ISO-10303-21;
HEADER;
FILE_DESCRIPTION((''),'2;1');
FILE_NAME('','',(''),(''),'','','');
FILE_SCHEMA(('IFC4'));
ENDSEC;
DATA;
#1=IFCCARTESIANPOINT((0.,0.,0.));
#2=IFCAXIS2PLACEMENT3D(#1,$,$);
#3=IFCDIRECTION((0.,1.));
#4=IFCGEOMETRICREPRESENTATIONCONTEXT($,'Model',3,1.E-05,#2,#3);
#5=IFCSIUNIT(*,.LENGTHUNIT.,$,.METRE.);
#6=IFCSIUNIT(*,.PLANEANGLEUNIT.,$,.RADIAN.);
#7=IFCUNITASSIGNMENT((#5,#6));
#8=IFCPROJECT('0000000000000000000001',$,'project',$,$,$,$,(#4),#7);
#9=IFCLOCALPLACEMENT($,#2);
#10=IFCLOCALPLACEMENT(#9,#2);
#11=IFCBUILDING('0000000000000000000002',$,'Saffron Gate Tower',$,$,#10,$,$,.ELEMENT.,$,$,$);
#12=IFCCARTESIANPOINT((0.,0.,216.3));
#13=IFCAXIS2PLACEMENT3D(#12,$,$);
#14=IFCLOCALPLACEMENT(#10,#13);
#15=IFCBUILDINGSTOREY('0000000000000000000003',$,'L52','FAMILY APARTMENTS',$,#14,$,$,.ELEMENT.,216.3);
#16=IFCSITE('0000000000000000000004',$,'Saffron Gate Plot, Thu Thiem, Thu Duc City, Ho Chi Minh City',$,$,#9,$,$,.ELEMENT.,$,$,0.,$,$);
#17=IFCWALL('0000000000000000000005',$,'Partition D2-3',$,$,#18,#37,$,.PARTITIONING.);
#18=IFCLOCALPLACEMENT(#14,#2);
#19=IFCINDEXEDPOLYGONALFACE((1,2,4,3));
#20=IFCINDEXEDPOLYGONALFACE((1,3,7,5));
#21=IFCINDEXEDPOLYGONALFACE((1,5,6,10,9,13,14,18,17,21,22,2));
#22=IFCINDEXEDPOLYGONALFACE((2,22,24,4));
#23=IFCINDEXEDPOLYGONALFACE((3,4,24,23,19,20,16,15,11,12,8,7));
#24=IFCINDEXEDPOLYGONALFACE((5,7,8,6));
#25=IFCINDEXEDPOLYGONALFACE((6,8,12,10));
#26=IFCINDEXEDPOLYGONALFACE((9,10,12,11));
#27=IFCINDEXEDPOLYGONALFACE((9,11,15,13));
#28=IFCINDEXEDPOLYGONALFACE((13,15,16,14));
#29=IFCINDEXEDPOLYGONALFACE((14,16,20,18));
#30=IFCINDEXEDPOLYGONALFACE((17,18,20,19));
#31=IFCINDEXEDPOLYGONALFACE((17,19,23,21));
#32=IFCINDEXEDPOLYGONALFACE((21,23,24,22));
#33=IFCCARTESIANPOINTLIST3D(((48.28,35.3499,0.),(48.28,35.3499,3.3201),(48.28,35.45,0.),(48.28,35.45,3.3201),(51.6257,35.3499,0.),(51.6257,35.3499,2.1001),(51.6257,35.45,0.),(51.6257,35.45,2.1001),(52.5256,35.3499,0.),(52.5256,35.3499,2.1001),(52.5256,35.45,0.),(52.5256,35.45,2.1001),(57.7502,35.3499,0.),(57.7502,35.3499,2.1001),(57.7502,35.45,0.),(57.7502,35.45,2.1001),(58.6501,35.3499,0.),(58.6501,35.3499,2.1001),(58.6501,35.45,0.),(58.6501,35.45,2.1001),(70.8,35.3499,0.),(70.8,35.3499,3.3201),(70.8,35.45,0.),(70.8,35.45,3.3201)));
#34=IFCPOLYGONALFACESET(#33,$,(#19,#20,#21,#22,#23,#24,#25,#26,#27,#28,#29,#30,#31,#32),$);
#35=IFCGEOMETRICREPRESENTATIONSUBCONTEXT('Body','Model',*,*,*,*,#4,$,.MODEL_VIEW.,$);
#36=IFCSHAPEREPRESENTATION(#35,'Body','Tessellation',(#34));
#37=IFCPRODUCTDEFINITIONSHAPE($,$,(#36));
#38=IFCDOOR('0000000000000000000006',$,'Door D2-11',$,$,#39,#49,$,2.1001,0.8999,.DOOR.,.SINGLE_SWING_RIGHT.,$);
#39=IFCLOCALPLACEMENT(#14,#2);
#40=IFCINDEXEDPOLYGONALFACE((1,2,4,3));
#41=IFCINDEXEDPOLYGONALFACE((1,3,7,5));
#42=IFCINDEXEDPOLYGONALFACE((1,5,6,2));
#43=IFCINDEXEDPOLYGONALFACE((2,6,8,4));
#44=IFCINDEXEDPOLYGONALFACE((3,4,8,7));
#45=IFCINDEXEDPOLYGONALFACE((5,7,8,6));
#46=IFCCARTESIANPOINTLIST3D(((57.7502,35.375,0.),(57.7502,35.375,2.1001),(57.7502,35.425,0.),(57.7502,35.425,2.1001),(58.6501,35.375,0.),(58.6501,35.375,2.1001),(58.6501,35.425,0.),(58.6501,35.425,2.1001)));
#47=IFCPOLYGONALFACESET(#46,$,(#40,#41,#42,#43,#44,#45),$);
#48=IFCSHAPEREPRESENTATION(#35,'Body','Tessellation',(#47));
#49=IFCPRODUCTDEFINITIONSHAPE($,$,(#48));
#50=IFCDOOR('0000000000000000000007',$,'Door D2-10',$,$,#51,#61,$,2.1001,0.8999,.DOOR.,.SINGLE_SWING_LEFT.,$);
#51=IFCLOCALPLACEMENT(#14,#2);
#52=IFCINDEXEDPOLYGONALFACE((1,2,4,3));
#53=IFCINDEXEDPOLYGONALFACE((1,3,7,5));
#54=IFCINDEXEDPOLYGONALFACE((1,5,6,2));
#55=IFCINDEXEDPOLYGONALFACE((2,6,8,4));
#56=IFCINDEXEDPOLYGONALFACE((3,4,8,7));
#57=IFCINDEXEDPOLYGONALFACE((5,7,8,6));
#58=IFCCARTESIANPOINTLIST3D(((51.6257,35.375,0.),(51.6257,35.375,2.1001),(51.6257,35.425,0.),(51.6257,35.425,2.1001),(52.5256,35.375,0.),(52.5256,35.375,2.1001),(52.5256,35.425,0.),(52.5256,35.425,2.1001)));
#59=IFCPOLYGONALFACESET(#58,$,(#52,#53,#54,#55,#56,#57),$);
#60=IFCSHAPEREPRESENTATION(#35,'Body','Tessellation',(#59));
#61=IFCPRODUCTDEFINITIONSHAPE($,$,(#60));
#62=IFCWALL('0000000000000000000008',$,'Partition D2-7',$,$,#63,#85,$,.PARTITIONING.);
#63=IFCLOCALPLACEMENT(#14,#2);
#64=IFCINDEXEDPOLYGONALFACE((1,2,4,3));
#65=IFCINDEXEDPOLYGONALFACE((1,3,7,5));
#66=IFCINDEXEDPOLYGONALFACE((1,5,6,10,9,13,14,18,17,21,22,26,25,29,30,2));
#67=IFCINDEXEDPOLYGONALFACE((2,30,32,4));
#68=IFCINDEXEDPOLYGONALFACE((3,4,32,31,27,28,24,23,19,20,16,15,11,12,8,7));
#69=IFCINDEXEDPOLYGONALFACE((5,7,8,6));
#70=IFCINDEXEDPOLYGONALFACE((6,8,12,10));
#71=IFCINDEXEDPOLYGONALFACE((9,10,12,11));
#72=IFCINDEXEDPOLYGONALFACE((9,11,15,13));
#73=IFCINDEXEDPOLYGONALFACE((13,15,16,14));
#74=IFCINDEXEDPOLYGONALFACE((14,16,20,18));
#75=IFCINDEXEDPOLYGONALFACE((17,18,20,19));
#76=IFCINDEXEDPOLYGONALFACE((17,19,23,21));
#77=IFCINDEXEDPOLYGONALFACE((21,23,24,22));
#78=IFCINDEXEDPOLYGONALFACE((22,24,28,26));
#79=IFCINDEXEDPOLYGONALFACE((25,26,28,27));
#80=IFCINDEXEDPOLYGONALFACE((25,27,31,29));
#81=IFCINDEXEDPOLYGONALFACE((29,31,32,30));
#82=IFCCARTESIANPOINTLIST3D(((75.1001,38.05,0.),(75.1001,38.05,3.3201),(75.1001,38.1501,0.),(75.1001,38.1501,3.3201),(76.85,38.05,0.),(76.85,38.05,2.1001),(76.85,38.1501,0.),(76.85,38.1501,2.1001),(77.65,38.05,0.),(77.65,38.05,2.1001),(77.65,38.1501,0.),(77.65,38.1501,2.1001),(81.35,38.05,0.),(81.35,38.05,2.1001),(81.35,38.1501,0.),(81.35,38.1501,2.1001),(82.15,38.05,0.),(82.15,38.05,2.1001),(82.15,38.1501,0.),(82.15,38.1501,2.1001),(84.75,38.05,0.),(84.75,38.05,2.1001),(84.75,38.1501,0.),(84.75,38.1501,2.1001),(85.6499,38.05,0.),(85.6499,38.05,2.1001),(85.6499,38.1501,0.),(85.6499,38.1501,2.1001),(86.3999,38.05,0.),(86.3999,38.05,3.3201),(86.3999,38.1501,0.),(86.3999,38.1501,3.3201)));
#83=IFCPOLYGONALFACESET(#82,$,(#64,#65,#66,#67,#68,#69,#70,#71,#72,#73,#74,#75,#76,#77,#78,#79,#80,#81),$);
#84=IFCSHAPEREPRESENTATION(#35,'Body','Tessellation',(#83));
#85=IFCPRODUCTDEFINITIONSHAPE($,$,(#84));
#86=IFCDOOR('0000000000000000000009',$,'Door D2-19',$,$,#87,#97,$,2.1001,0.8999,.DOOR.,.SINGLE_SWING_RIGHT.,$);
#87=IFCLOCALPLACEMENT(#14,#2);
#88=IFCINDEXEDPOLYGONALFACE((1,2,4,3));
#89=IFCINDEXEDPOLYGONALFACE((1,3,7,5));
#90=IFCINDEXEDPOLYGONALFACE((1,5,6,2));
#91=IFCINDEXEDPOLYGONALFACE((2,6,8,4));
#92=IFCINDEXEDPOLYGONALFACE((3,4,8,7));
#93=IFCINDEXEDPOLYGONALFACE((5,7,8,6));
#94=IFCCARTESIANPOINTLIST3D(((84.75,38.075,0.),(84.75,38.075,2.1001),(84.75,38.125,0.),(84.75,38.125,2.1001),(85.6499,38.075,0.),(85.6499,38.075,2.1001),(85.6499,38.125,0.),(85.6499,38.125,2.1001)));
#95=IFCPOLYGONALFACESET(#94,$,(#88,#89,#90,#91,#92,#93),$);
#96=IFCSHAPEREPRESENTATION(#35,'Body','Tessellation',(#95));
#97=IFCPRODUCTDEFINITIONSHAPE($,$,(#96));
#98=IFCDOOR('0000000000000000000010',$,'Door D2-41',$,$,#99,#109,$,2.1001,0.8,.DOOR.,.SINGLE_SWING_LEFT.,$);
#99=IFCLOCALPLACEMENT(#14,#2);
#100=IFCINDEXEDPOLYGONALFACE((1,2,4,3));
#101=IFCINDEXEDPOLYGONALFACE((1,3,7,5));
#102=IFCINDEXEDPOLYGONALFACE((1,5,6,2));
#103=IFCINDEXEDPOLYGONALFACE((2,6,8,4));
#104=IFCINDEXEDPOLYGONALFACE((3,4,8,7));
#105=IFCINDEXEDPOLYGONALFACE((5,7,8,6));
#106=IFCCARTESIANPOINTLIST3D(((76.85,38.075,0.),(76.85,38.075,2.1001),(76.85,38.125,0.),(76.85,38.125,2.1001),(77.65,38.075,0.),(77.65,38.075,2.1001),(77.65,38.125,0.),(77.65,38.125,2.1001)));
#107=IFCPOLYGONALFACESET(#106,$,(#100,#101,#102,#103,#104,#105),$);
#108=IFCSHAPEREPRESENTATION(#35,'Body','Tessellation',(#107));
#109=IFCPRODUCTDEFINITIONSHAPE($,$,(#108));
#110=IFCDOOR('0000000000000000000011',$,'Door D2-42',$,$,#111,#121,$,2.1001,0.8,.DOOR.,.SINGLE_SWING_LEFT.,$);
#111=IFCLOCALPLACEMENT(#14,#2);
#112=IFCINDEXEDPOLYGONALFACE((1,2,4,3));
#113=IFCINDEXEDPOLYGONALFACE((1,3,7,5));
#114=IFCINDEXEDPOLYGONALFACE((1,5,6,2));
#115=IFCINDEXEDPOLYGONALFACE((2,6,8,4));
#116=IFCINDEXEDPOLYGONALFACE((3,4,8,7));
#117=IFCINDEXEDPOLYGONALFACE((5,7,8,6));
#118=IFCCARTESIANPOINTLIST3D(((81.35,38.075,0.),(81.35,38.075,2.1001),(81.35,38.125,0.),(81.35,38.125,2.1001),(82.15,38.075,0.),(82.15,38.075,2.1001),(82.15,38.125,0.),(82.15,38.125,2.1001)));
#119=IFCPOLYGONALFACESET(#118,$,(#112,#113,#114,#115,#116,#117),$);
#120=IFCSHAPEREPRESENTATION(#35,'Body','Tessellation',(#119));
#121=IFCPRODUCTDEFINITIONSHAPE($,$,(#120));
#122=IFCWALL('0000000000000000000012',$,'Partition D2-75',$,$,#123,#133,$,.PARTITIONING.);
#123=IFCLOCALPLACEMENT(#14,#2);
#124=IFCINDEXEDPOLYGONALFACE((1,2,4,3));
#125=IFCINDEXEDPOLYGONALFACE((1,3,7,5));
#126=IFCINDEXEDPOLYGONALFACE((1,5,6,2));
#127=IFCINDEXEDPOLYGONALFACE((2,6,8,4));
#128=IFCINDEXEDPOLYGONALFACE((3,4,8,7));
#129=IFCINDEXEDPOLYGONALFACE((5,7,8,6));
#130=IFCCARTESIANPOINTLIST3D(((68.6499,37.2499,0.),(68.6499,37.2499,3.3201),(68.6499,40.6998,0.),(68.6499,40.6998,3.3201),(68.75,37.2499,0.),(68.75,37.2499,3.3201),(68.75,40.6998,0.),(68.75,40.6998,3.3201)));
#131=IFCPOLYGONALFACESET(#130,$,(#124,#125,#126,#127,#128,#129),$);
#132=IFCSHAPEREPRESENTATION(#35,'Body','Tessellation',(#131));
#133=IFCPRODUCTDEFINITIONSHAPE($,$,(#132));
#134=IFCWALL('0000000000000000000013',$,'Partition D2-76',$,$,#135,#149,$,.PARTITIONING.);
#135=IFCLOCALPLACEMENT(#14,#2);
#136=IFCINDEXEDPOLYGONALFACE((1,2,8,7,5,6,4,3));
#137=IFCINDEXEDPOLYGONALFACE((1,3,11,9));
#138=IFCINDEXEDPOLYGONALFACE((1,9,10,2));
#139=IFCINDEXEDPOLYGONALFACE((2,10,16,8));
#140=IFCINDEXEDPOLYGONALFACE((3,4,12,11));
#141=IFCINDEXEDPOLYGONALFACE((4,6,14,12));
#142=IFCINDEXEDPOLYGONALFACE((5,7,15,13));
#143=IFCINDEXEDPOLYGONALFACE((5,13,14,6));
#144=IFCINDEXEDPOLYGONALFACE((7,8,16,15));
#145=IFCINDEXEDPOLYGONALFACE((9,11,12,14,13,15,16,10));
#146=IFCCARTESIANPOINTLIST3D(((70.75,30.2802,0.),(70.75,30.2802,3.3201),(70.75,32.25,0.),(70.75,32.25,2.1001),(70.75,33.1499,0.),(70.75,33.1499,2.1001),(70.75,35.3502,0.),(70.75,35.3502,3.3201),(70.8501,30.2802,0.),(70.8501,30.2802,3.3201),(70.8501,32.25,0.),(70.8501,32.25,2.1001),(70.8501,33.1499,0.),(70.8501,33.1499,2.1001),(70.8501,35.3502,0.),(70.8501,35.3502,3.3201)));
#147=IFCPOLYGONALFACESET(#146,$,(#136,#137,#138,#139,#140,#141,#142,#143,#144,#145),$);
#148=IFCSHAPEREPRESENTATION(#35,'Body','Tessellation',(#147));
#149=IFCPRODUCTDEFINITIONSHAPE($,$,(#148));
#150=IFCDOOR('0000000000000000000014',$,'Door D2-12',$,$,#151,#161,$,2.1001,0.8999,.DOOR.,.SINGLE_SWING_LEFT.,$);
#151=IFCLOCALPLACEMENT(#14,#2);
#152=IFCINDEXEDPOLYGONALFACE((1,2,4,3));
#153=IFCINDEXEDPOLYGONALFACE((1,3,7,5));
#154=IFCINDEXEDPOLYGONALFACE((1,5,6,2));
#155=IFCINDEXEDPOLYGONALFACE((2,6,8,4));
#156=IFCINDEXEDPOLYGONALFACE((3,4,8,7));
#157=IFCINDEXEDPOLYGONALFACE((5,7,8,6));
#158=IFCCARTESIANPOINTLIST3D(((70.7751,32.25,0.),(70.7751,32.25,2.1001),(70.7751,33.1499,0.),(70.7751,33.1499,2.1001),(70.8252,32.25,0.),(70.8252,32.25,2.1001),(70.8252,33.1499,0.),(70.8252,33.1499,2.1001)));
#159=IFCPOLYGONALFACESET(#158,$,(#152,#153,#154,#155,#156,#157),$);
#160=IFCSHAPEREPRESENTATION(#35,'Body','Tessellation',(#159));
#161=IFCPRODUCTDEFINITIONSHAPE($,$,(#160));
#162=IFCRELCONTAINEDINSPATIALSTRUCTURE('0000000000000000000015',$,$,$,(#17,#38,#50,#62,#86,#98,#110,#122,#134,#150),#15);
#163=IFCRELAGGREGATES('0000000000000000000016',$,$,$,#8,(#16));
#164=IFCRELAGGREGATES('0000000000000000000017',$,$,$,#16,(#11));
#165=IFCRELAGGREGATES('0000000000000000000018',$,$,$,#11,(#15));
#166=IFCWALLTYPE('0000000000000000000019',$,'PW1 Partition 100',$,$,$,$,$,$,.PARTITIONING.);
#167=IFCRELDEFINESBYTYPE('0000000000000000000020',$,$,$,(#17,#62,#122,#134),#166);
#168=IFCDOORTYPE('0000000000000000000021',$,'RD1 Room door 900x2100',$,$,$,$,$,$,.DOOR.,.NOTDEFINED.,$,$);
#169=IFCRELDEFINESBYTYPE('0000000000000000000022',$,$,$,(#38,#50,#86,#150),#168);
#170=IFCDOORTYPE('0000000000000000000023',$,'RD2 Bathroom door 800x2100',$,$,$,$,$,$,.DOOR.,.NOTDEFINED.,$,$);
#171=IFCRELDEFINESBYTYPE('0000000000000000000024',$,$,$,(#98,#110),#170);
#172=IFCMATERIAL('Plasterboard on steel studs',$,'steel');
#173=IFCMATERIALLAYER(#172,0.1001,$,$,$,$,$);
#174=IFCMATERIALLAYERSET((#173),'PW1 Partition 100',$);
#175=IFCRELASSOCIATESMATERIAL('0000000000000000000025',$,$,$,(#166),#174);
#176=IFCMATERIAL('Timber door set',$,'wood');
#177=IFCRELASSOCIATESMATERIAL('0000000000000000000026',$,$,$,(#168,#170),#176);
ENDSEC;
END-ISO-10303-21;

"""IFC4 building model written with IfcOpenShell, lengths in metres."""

from ifc_helpers import new_model, si_unit, direction, frame, frame_2d, origin, place, context, subcontext, project, spatial, rectangle, extrude, material, layer, layer_set, type_object, element, fill, save


model = new_model("IFC4")

# Units and contexts
model_context = context("Model", 3, precision=1e-05, world=origin(), true_north=direction((0.0, 1.0)))
body_context = subcontext(model_context, "Body", "Model", "MODEL_VIEW")
ifc_project = project(units=[si_unit("LENGTHUNIT", "METRE"), si_unit("PLANEANGLEUNIT", "RADIAN")], contexts=[model_context])

# Site, building, storey
site_placement = place(None, origin())
site = spatial("IfcSite", under=ifc_project, at=site_placement, Name="Saffron Gate Plot, Thu Thiem, Thu Duc City, Ho Chi Minh City", CompositionType="ELEMENT", RefElevation=0.0)
building_placement = place(site_placement, origin())
building = spatial("IfcBuilding", under=site, at=building_placement, Name="Saffron Gate Tower", CompositionType="ELEMENT")
storey_placement = place(building_placement, frame((0.0, 0.0, 216.3)))
storey = spatial("IfcBuildingStorey", under=building, at=storey_placement, Name="L52", Description="FAMILY APARTMENTS", CompositionType="ELEMENT", Elevation=216.3)

# Walls, openings, doors
ifc_material_1 = material(Name="Plasterboard on steel studs", Category="steel")
ifc_layer_1 = layer(ifc_material_1, 0.1001)
ifc_layer_set_1 = layer_set([ifc_layer_1], Name="PW1 Partition 100")
wall_type_1 = type_object("IfcWallType", Name="PW1 Partition 100", PredefinedType="PARTITIONING", material=ifc_layer_set_1)
wall_1_placement = place(storey_placement, frame((70.8, 35.3999, 0.0), z_axis=(0.0, 0.0, 1.0), x_axis=(-1.0, 0.0, 0.0)))
wall_1 = element("IfcWall", 1, at=wall_1_placement, inside=storey, type_object=wall_type_1, Name="Partition D2-3", PredefinedType="PARTITIONING", context=body_context, shape_type="SweptSolid", body=[
    extrude(rectangle(XDim=22.52, YDim=0.1001, at=frame_2d((11.26, 0.0))), origin(), (0.0, 0.0, 1.0), 3.3201),
])
opening_1_placement = place(wall_1_placement, frame((12.1499, 0.0, 0.0)))
opening_1 = element("IfcOpeningElement", 2, at=opening_1_placement, cuts=wall_1, PredefinedType="OPENING", context=body_context, shape_type="SweptSolid", body=[
    extrude(rectangle(XDim=0.8999, YDim=2.1001, at=frame_2d((0.45, 1.05))), frame((0.0, 0.0601, 0.0), z_axis=(0.0, -1.0, 0.0), x_axis=(1.0, 0.0, 0.0)), (0.0, 0.0, 1.0), 0.1201),
])
opening_2_placement = place(wall_1_placement, frame((18.2744, 0.0, 0.0)))
opening_2 = element("IfcOpeningElement", 3, at=opening_2_placement, cuts=wall_1, PredefinedType="OPENING", context=body_context, shape_type="SweptSolid", body=[
    extrude(rectangle(XDim=0.8999, YDim=2.1001, at=frame_2d((0.45, 1.05))), frame((0.0, 0.0601, 0.0), z_axis=(0.0, -1.0, 0.0), x_axis=(1.0, 0.0, 0.0)), (0.0, 0.0, 1.0), 0.1201),
])
ifc_material_2 = material(Name="Timber door set", Category="wood")
door_type_1 = type_object("IfcDoorType", Name="RD1 Room door 900x2100", OperationType="NOTDEFINED", PredefinedType="DOOR", material=ifc_material_2)
door_1_placement = place(opening_1_placement, origin())
door_1 = element("IfcDoor", 4, at=door_1_placement, inside=storey, type_object=door_type_1, Name="Door D2-11", OperationType="SINGLE_SWING_RIGHT", OverallHeight=2.1001, OverallWidth=0.8999, PredefinedType="DOOR", context=body_context, shape_type="SweptSolid", body=[
    extrude(rectangle(XDim=0.8999, YDim=2.1001, at=frame_2d((0.45, 1.05))), frame((0.0, 0.0249, 0.0), z_axis=(0.0, -1.0, 0.0), x_axis=(1.0, 0.0, 0.0)), (0.0, 0.0, 1.0), 0.05),
])
fill(opening_1, door_1)
door_2_placement = place(opening_2_placement, origin())
door_2 = element("IfcDoor", 5, at=door_2_placement, inside=storey, type_object=door_type_1, Name="Door D2-10", OperationType="SINGLE_SWING_LEFT", OverallHeight=2.1001, OverallWidth=0.8999, PredefinedType="DOOR", context=body_context, shape_type="SweptSolid", body=[
    extrude(rectangle(XDim=0.8999, YDim=2.1001, at=frame_2d((0.45, 1.05))), frame((0.0, 0.0249, 0.0), z_axis=(0.0, -1.0, 0.0), x_axis=(1.0, 0.0, 0.0)), (0.0, 0.0, 1.0), 0.05),
])
fill(opening_2, door_2)
wall_2_placement = place(storey_placement, frame((75.1001, 38.1001, 0.0), z_axis=(0.0, 0.0, 1.0), x_axis=(1.0, 0.0, 0.0)))
wall_2 = element("IfcWall", 6, at=wall_2_placement, inside=storey, type_object=wall_type_1, Name="Partition D2-7", PredefinedType="PARTITIONING", context=body_context, shape_type="SweptSolid", body=[
    extrude(rectangle(XDim=11.2998, YDim=0.1001, at=frame_2d((5.6499, 0.0))), origin(), (0.0, 0.0, 1.0), 3.3201),
])
opening_3_placement = place(wall_2_placement, frame((1.75, 0.0, 0.0)))
opening_3 = element("IfcOpeningElement", 7, at=opening_3_placement, cuts=wall_2, PredefinedType="OPENING", context=body_context, shape_type="SweptSolid", body=[
    extrude(rectangle(XDim=0.8, YDim=2.1001, at=frame_2d((0.3999, 1.05))), frame((0.0, 0.0601, 0.0), z_axis=(0.0, -1.0, 0.0), x_axis=(1.0, 0.0, 0.0)), (0.0, 0.0, 1.0), 0.1201),
])
opening_4_placement = place(wall_2_placement, frame((6.25, 0.0, 0.0)))
opening_4 = element("IfcOpeningElement", 8, at=opening_4_placement, cuts=wall_2, PredefinedType="OPENING", context=body_context, shape_type="SweptSolid", body=[
    extrude(rectangle(XDim=0.8, YDim=2.1001, at=frame_2d((0.3999, 1.05))), frame((0.0, 0.0601, 0.0), z_axis=(0.0, -1.0, 0.0), x_axis=(1.0, 0.0, 0.0)), (0.0, 0.0, 1.0), 0.1201),
])
opening_5_placement = place(wall_2_placement, frame((9.6499, 0.0, 0.0)))
opening_5 = element("IfcOpeningElement", 9, at=opening_5_placement, cuts=wall_2, PredefinedType="OPENING", context=body_context, shape_type="SweptSolid", body=[
    extrude(rectangle(XDim=0.8999, YDim=2.1001, at=frame_2d((0.45, 1.05))), frame((0.0, 0.0601, 0.0), z_axis=(0.0, -1.0, 0.0), x_axis=(1.0, 0.0, 0.0)), (0.0, 0.0, 1.0), 0.1201),
])
door_3_placement = place(opening_5_placement, origin())
door_3 = element("IfcDoor", 10, at=door_3_placement, inside=storey, type_object=door_type_1, Name="Door D2-19", OperationType="SINGLE_SWING_RIGHT", OverallHeight=2.1001, OverallWidth=0.8999, PredefinedType="DOOR", context=body_context, shape_type="SweptSolid", body=[
    extrude(rectangle(XDim=0.8999, YDim=2.1001, at=frame_2d((0.45, 1.05))), frame((0.0, 0.0249, 0.0), z_axis=(0.0, -1.0, 0.0), x_axis=(1.0, 0.0, 0.0)), (0.0, 0.0, 1.0), 0.05),
])
fill(opening_5, door_3)
door_type_2 = type_object("IfcDoorType", Name="RD2 Bathroom door 800x2100", OperationType="NOTDEFINED", PredefinedType="DOOR", material=ifc_material_2)
door_4_placement = place(opening_3_placement, origin())
door_4 = element("IfcDoor", 11, at=door_4_placement, inside=storey, type_object=door_type_2, Name="Door D2-41", OperationType="SINGLE_SWING_LEFT", OverallHeight=2.1001, OverallWidth=0.8, PredefinedType="DOOR", context=body_context, shape_type="SweptSolid", body=[
    extrude(rectangle(XDim=0.8, YDim=2.1001, at=frame_2d((0.3999, 1.05))), frame((0.0, 0.0249, 0.0), z_axis=(0.0, -1.0, 0.0), x_axis=(1.0, 0.0, 0.0)), (0.0, 0.0, 1.0), 0.05),
])
fill(opening_3, door_4)
door_5_placement = place(opening_4_placement, origin())
door_5 = element("IfcDoor", 12, at=door_5_placement, inside=storey, type_object=door_type_2, Name="Door D2-42", OperationType="SINGLE_SWING_LEFT", OverallHeight=2.1001, OverallWidth=0.8, PredefinedType="DOOR", context=body_context, shape_type="SweptSolid", body=[
    extrude(rectangle(XDim=0.8, YDim=2.1001, at=frame_2d((0.3999, 1.05))), frame((0.0, 0.0249, 0.0), z_axis=(0.0, -1.0, 0.0), x_axis=(1.0, 0.0, 0.0)), (0.0, 0.0, 1.0), 0.05),
])
fill(opening_4, door_5)

# Wall
wall_3_placement = place(storey_placement, frame((68.7, 40.7, 0.0), z_axis=(0.0, 0.0, 1.0), x_axis=(0.0, -1.0, 0.0)))
element("IfcWall", 13, at=wall_3_placement, inside=storey, type_object=wall_type_1, Name="Partition D2-75", PredefinedType="PARTITIONING", context=body_context, shape_type="SweptSolid", body=[
    extrude(rectangle(XDim=3.45, YDim=0.1001, at=frame_2d((1.7251, 0.0))), origin(), (0.0, 0.0, 1.0), 3.3201),
])

# Wall, opening, door
wall_4_placement = place(storey_placement, frame((70.8, 30.28, 0.0), z_axis=(0.0, 0.0, 1.0), x_axis=(0.0, 1.0, 0.0)))
wall_4 = element("IfcWall", 14, at=wall_4_placement, inside=storey, type_object=wall_type_1, Name="Partition D2-76", PredefinedType="PARTITIONING", context=body_context, shape_type="SweptSolid", body=[
    extrude(rectangle(XDim=5.0701, YDim=0.1001, at=frame_2d((2.5352, 0.0))), origin(), (0.0, 0.0, 1.0), 3.3201),
])
opening_6_placement = place(wall_4_placement, frame((1.97, 0.0, 0.0)))
opening_6 = element("IfcOpeningElement", 15, at=opening_6_placement, cuts=wall_4, PredefinedType="OPENING", context=body_context, shape_type="SweptSolid", body=[
    extrude(rectangle(XDim=0.8999, YDim=2.1001, at=frame_2d((0.45, 1.05))), frame((0.0, 0.0601, 0.0), z_axis=(0.0, -1.0, 0.0), x_axis=(1.0, 0.0, 0.0)), (0.0, 0.0, 1.0), 0.1201),
])
door_6_placement = place(opening_6_placement, origin())
door_6 = element("IfcDoor", 16, at=door_6_placement, inside=storey, type_object=door_type_1, Name="Door D2-12", OperationType="SINGLE_SWING_LEFT", OverallHeight=2.1001, OverallWidth=0.8999, PredefinedType="DOOR", context=body_context, shape_type="SweptSolid", body=[
    extrude(rectangle(XDim=0.8999, YDim=2.1001, at=frame_2d((0.45, 1.05))), frame((0.0, 0.0249, 0.0), z_axis=(0.0, -1.0, 0.0), x_axis=(1.0, 0.0, 0.0)), (0.0, 0.0, 1.0), 0.05),
])
fill(opening_6, door_6)

save(model, "model.ifc")
